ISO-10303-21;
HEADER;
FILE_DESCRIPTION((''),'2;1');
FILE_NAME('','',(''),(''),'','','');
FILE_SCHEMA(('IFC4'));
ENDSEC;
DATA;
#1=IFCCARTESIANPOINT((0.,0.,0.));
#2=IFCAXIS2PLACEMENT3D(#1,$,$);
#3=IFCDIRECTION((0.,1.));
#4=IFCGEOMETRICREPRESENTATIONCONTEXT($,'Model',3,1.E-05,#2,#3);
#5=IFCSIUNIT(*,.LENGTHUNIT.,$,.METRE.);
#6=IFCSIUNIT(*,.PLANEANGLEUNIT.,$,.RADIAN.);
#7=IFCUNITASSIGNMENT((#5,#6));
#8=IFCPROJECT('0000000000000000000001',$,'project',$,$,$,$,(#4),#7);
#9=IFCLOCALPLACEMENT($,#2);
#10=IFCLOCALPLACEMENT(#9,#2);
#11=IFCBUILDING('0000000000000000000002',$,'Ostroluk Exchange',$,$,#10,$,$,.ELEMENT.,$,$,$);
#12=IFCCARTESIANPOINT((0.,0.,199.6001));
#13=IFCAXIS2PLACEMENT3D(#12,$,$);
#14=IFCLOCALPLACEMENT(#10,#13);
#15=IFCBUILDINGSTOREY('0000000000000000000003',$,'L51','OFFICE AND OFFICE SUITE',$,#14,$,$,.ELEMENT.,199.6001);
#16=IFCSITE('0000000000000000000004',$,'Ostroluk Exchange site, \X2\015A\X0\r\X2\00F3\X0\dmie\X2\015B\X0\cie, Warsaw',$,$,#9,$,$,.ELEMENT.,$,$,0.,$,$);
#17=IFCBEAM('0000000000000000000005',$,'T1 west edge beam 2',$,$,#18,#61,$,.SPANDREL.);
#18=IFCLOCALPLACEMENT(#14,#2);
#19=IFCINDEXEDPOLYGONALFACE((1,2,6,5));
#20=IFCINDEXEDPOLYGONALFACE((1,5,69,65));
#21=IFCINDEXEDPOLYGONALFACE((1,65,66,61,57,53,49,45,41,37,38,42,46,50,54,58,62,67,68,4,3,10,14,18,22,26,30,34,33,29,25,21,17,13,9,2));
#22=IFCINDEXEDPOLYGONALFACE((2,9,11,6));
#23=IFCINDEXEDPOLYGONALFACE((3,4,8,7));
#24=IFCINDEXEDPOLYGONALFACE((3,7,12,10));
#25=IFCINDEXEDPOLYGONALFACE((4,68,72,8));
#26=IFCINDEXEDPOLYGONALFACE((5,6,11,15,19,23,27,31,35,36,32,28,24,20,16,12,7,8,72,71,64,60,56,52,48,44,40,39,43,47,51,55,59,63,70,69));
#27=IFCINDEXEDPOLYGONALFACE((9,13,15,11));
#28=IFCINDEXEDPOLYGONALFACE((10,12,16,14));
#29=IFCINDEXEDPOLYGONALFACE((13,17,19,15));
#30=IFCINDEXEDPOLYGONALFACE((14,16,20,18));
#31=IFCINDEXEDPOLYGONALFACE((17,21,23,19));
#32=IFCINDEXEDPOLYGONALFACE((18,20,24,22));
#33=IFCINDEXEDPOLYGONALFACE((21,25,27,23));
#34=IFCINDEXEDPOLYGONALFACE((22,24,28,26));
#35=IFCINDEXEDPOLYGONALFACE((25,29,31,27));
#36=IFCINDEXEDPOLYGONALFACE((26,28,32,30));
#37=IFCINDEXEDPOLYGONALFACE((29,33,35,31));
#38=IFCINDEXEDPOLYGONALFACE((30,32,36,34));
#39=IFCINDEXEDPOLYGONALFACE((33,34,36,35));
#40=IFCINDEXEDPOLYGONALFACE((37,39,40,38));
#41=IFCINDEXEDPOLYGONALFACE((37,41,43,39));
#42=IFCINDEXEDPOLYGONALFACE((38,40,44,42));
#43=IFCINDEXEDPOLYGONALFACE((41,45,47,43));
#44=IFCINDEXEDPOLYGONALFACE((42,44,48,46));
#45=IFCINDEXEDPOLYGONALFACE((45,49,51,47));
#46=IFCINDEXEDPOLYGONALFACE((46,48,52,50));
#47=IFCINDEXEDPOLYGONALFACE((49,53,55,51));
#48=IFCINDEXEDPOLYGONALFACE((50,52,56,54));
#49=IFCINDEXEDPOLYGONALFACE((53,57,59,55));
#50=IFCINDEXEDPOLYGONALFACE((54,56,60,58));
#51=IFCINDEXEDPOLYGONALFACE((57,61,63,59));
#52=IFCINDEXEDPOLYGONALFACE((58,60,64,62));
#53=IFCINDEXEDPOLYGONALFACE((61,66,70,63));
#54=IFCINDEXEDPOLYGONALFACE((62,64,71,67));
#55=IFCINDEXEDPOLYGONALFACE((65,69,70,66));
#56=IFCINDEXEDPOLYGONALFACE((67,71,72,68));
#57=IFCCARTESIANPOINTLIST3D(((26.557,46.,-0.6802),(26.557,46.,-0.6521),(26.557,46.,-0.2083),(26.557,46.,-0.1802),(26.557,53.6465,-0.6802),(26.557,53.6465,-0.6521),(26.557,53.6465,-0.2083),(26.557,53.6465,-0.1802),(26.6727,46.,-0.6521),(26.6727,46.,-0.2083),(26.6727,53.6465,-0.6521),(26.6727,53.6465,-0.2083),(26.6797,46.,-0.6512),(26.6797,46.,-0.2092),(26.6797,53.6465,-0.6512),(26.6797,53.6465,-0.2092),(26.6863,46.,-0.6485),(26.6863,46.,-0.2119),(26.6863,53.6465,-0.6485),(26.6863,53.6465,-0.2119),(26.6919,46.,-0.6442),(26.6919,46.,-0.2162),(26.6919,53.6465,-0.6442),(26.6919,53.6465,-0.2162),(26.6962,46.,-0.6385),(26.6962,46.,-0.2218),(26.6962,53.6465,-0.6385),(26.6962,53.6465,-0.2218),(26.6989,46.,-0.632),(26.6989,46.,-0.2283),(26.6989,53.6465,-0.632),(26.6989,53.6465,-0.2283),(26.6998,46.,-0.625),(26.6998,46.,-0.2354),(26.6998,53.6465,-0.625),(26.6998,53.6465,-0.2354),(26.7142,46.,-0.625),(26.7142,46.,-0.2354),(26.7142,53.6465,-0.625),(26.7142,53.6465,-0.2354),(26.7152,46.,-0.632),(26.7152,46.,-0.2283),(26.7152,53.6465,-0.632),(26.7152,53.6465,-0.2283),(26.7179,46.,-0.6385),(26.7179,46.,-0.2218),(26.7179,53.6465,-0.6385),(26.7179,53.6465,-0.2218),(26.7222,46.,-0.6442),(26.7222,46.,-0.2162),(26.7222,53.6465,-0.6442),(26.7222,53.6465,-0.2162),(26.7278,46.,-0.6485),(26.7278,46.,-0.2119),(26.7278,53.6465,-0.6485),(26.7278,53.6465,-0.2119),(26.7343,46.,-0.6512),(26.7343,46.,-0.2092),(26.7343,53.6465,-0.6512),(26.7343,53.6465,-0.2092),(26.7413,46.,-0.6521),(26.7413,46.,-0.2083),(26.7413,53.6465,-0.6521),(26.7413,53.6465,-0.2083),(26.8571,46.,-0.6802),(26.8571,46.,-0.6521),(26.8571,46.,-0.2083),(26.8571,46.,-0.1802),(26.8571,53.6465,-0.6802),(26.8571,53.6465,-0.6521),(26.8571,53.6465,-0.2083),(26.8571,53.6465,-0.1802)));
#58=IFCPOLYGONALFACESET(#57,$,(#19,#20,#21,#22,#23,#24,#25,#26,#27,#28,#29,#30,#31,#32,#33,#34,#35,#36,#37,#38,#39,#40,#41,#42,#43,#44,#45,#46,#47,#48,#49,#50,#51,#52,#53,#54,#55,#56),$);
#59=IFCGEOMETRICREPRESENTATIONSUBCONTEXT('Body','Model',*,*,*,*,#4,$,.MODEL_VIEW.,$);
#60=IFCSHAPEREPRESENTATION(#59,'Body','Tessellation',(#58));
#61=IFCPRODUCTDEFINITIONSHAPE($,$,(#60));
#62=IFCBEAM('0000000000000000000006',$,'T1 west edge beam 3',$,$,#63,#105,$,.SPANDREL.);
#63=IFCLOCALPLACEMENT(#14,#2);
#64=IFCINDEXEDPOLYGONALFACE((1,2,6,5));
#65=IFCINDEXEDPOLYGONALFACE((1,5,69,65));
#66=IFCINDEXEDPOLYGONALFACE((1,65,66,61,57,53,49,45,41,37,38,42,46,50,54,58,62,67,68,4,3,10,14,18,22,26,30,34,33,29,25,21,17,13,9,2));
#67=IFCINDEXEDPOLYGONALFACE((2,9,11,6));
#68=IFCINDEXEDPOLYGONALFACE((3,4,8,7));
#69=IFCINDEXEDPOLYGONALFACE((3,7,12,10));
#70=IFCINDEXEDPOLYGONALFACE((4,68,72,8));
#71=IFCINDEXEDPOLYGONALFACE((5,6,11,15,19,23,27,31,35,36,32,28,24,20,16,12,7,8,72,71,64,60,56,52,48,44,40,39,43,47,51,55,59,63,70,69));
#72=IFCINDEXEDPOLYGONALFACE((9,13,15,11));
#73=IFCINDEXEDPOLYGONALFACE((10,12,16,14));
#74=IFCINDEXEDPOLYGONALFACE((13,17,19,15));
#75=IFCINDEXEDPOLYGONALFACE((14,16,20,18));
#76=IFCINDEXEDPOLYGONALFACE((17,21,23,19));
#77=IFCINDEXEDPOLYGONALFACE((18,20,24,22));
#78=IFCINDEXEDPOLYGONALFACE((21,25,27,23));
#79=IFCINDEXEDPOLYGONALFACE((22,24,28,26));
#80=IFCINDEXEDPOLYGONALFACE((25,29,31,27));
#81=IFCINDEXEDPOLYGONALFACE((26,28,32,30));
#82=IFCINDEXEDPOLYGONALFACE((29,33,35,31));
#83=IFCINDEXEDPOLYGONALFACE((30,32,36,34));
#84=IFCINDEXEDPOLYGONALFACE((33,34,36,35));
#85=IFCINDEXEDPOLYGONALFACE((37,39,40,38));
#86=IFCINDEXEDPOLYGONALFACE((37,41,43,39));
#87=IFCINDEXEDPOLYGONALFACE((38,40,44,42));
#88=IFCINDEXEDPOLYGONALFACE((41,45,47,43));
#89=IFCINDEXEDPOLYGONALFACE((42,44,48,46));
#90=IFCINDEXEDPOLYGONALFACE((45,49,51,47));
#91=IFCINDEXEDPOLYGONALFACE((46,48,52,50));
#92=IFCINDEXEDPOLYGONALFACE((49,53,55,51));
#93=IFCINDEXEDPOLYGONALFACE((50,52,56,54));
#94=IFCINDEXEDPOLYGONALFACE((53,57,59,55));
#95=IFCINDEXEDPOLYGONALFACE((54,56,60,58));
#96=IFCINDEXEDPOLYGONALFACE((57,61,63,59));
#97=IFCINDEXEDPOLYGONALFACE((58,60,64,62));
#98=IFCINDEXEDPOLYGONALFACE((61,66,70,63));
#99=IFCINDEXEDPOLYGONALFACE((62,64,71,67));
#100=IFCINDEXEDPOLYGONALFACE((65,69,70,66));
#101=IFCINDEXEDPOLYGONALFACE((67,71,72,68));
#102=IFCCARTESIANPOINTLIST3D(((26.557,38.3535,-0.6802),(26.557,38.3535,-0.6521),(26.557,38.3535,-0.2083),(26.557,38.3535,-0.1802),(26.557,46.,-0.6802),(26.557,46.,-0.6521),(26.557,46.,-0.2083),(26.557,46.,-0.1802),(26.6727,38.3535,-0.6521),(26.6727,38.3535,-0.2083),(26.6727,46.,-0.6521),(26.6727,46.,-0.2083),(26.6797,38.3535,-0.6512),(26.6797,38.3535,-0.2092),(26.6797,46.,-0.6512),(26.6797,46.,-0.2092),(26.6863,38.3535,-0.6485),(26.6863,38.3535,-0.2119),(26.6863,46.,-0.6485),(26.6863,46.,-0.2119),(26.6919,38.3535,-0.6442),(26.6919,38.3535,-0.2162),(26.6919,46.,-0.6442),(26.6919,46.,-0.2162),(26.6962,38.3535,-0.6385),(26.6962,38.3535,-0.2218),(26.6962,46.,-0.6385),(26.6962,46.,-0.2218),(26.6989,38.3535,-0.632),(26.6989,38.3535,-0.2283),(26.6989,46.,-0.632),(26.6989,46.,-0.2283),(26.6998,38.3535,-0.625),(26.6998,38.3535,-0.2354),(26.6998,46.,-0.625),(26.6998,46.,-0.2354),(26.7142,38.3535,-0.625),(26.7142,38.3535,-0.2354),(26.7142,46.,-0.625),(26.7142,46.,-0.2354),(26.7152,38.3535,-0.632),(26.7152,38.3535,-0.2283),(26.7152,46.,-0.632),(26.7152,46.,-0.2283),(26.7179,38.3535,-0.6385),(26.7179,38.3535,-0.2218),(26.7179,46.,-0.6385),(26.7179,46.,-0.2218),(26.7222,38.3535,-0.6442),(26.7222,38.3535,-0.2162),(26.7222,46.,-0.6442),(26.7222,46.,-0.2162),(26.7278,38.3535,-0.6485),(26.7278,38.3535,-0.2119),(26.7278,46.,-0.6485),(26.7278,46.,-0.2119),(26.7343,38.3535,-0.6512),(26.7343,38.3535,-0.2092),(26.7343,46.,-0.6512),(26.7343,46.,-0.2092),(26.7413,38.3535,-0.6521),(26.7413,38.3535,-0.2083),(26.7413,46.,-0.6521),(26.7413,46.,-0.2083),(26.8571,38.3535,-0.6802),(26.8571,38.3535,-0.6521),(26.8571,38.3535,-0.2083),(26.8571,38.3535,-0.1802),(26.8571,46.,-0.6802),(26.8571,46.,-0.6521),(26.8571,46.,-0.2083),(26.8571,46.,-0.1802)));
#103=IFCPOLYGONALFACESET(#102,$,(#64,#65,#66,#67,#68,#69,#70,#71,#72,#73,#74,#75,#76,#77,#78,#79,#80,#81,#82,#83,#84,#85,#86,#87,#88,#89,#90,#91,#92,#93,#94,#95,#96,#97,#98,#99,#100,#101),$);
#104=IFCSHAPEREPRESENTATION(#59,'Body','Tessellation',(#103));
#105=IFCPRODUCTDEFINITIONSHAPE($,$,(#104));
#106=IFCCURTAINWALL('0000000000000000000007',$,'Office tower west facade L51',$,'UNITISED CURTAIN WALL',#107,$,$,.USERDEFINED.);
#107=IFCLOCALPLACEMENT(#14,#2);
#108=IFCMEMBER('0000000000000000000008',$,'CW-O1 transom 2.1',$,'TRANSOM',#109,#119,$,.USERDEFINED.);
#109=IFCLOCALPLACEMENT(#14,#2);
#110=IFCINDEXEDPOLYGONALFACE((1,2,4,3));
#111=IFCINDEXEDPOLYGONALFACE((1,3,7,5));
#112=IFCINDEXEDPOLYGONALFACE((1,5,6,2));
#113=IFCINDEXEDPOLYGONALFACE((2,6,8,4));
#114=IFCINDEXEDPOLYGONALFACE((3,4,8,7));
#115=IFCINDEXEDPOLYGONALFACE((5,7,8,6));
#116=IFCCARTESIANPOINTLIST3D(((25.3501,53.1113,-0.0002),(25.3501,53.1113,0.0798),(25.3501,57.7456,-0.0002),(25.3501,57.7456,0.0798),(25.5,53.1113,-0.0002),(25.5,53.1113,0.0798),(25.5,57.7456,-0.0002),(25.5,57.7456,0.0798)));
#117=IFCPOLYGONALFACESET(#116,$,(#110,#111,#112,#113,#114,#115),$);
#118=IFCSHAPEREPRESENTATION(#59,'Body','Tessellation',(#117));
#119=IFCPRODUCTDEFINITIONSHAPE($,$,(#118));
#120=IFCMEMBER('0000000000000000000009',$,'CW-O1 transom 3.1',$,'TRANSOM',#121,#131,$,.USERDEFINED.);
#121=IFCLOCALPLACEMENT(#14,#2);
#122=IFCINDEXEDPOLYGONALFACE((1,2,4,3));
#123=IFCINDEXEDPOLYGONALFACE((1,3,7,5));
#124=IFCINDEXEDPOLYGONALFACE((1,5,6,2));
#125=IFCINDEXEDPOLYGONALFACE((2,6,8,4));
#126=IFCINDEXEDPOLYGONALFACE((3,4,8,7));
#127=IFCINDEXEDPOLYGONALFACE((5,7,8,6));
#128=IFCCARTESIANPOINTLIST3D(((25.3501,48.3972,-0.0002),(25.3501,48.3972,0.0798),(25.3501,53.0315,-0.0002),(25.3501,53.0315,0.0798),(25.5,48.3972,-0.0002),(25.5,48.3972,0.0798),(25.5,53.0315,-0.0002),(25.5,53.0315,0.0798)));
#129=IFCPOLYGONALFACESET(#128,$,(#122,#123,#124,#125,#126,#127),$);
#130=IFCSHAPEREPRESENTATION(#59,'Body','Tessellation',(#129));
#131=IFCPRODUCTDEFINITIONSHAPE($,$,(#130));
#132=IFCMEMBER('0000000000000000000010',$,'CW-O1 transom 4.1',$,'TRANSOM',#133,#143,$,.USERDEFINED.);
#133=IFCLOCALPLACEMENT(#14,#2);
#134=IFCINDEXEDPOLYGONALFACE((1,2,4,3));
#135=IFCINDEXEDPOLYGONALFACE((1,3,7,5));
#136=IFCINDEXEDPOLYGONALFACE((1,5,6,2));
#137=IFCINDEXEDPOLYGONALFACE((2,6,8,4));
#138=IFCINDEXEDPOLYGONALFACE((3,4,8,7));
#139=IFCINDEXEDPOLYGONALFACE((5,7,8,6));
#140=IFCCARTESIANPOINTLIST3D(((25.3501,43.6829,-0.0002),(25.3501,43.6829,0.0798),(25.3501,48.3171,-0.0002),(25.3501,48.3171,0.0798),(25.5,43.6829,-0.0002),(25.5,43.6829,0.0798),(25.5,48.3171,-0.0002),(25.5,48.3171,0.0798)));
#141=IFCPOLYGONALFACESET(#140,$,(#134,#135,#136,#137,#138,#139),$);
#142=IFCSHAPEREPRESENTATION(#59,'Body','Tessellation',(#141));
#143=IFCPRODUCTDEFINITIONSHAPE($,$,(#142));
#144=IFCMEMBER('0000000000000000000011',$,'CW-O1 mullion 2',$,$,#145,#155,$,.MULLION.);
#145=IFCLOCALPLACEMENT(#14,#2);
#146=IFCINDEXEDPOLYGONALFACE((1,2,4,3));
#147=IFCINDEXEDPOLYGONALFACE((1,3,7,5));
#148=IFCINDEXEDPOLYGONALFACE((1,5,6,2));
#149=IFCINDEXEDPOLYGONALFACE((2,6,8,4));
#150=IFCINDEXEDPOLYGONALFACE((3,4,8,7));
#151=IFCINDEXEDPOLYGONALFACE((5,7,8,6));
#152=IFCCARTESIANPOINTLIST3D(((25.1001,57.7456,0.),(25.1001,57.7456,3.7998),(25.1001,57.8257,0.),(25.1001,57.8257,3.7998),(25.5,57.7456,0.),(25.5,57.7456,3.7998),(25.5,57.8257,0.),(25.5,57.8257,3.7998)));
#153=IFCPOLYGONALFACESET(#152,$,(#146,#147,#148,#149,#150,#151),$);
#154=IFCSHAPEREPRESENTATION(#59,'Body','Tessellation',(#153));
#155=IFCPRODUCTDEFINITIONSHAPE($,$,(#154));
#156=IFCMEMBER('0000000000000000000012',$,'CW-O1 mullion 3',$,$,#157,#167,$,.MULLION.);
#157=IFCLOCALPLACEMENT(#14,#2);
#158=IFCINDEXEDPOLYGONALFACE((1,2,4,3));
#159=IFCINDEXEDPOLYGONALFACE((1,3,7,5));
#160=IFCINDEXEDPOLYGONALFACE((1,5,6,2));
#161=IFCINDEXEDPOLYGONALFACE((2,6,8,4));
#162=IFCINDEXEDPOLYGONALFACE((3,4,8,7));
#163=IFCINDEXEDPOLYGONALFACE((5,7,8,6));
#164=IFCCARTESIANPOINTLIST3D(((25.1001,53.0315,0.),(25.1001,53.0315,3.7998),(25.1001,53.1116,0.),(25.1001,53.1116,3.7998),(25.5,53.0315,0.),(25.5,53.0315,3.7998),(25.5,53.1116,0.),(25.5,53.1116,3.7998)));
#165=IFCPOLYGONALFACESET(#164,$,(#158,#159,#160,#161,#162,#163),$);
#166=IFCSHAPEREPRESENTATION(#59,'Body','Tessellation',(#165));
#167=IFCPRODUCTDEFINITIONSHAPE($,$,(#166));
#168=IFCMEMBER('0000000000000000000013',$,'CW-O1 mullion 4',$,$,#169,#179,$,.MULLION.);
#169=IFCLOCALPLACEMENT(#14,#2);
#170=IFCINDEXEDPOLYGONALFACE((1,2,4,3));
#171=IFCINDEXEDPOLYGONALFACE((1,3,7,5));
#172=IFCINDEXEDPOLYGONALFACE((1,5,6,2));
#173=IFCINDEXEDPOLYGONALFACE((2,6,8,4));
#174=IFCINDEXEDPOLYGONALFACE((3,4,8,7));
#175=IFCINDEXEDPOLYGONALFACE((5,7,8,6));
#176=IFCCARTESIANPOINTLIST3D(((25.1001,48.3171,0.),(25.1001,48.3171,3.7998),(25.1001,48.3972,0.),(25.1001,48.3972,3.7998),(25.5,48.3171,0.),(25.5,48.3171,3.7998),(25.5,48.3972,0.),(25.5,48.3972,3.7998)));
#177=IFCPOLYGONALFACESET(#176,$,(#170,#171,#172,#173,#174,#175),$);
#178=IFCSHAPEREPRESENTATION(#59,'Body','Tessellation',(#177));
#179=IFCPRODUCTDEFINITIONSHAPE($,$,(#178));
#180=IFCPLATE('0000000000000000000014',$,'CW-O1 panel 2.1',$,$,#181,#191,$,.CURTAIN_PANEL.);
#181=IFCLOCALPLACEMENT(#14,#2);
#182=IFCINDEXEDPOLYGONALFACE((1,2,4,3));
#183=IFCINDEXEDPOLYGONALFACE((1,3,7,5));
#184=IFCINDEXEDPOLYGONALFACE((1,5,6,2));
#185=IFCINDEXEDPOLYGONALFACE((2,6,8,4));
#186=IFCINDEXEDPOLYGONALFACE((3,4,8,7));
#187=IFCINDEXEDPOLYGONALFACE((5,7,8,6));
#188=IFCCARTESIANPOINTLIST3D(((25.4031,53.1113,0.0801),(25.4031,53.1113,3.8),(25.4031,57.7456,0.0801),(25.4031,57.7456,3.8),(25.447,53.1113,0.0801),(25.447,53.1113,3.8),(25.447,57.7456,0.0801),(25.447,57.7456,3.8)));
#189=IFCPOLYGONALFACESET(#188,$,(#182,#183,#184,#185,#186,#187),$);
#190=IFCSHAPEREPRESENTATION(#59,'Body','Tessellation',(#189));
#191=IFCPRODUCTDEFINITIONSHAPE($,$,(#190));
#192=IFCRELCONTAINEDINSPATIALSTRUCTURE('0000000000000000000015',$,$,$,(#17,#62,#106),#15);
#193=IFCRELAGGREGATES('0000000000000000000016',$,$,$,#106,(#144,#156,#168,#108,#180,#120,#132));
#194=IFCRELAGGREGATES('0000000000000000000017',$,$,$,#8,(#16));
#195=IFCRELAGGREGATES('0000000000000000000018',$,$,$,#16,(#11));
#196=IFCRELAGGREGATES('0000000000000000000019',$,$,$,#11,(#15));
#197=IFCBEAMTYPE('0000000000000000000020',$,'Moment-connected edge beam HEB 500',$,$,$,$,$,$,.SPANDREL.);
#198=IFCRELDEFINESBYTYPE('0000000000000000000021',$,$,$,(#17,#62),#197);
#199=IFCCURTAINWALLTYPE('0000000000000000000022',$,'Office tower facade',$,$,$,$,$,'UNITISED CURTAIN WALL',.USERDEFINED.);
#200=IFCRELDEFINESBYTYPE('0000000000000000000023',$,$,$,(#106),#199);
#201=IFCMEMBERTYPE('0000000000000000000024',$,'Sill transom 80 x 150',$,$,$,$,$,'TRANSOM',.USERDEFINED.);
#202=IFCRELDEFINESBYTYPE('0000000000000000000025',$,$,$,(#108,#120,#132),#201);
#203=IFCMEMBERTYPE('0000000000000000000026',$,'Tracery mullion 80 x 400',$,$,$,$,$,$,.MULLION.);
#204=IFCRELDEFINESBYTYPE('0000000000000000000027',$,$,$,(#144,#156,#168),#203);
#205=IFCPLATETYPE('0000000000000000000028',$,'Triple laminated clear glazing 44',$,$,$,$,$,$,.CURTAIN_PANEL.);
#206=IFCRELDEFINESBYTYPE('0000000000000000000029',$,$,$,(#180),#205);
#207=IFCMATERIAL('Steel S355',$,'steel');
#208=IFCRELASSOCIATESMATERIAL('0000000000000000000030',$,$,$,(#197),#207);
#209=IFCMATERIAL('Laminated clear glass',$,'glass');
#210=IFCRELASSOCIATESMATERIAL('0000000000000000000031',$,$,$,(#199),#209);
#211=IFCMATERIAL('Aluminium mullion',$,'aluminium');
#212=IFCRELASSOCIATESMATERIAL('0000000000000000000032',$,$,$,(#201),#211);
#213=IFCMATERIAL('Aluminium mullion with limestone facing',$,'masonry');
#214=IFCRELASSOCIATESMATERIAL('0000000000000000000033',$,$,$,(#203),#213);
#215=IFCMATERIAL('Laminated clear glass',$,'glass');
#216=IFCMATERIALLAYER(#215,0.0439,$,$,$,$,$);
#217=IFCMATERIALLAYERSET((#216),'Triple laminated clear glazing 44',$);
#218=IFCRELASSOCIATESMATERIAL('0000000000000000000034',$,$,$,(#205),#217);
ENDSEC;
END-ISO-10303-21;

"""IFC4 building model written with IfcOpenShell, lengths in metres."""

from ifc_helpers import new_model, si_unit, direction, frame, origin, origin_2d, place, context, subcontext, project, spatial, rectangle, i_section, extrude, material, layer, layer_set, material_profile, profile_set, type_object, element, aggregate, save


model = new_model("IFC4")

# Units and contexts
model_context = context("Model", 3, precision=1e-05, world=origin(), true_north=direction((0.0, 1.0)))
body_context = subcontext(model_context, "Body", "Model", "MODEL_VIEW")
ifc_project = project(units=[si_unit("LENGTHUNIT", "METRE"), si_unit("PLANEANGLEUNIT", "RADIAN")], contexts=[model_context])

# Site, building, storey
site_placement = place(None, origin())
site = spatial("IfcSite", under=ifc_project, at=site_placement, Name="Ostroluk Exchange site, Śródmieście, Warsaw", CompositionType="ELEMENT", RefElevation=0.0)
building_placement = place(site_placement, origin())
building = spatial("IfcBuilding", under=site, at=building_placement, Name="Ostroluk Exchange", CompositionType="ELEMENT")
storey_placement = place(building_placement, frame((0.0, 0.0, 199.6001)))
storey = spatial("IfcBuildingStorey", under=building, at=storey_placement, Name="L51", Description="OFFICE AND OFFICE SUITE", CompositionType="ELEMENT", Elevation=199.6001)

# Beams
ifc_material_1 = material(Name="Steel S355", Category="steel")
ifc_material_profile_1 = material_profile(ifc_material_1, i_section(OverallWidth=0.3, OverallDepth=0.5, WebThickness=0.0144, FlangeThickness=0.0281, FilletRadius=0.0271, at=origin_2d()), Name="HEB 500")
ifc_profile_set_1 = profile_set([ifc_material_profile_1], Name="Steel S355")
beam_type_1 = type_object("IfcBeamType", Name="Moment-connected edge beam HEB 500", PredefinedType="SPANDREL", material=ifc_profile_set_1)
for number, where, z_axis, x_axis, name in (
    (1, (26.707, 53.6465, -0.4302), (0.0, -1.0, 0.0), (1.0, 0.0, 0.0), "T1 west edge beam 2"),
    (2, (26.707, 46.0, -0.4302), (0.0, -1.0, 0.0), (1.0, 0.0, 0.0), "T1 west edge beam 3"),
):
    element("IfcBeam", number, at=place(storey_placement, frame(where, z_axis=z_axis, x_axis=x_axis)), inside=storey, type_object=beam_type_1, Name=name, PredefinedType="SPANDREL", context=body_context, shape_type="SweptSolid", body=[
        extrude(i_section(OverallWidth=0.3, OverallDepth=0.5, WebThickness=0.0144, FlangeThickness=0.0281, FilletRadius=0.0271, at=origin_2d()), origin(), (0.0, 0.0, 1.0), 7.6465),
    ])

# Curtain wall, members, plate
ifc_material_2 = material(Name="Laminated clear glass", Category="glass")
curtain_wall_type = type_object("IfcCurtainWallType", Name="Office tower facade", ElementType="UNITISED CURTAIN WALL", PredefinedType="USERDEFINED", material=ifc_material_2)
curtain_wall_placement = place(storey_placement, origin())
curtain_wall = element("IfcCurtainWall", 3, at=curtain_wall_placement, inside=storey, type_object=curtain_wall_type, Name="Office tower west facade L51", ObjectType="UNITISED CURTAIN WALL", PredefinedType="USERDEFINED")
ifc_material_3 = material(Name="Aluminium mullion", Category="aluminium")
ifc_material_profile_2 = material_profile(ifc_material_3, rectangle(XDim=0.1499, YDim=0.0801, at=origin_2d()), Name="Sill transom 80 x 150")
ifc_profile_set_2 = profile_set([ifc_material_profile_2], Name="Aluminium mullion")
member_type_1 = type_object("IfcMemberType", Name="Sill transom 80 x 150", ElementType="TRANSOM", PredefinedType="USERDEFINED", material=ifc_profile_set_2)
member_1_placement = place(storey_placement, frame((25.425, 57.7456, 0.0398), z_axis=(0.0, -1.0, 0.0), x_axis=(1.0, 0.0, 0.0)))
member_1 = element("IfcMember", 4, at=member_1_placement, type_object=member_type_1, Name="CW-O1 transom 2.1", ObjectType="TRANSOM", PredefinedType="USERDEFINED", context=body_context, shape_type="SweptSolid", body=[
    extrude(rectangle(XDim=0.1499, YDim=0.0801, at=origin_2d()), origin(), (0.0, 0.0, 1.0), 4.6343),
])
member_2_placement = place(storey_placement, frame((25.425, 53.0315, 0.0398), z_axis=(0.0, -1.0, 0.0), x_axis=(1.0, 0.0, 0.0)))
member_2 = element("IfcMember", 5, at=member_2_placement, type_object=member_type_1, Name="CW-O1 transom 3.1", ObjectType="TRANSOM", PredefinedType="USERDEFINED", context=body_context, shape_type="SweptSolid", body=[
    extrude(rectangle(XDim=0.1499, YDim=0.0801, at=origin_2d()), origin(), (0.0, 0.0, 1.0), 4.6343),
])
member_3_placement = place(storey_placement, frame((25.425, 48.3171, 0.0398), z_axis=(0.0, -1.0, 0.0), x_axis=(1.0, 0.0, 0.0)))
member_3 = element("IfcMember", 6, at=member_3_placement, type_object=member_type_1, Name="CW-O1 transom 4.1", ObjectType="TRANSOM", PredefinedType="USERDEFINED", context=body_context, shape_type="SweptSolid", body=[
    extrude(rectangle(XDim=0.1499, YDim=0.0801, at=origin_2d()), origin(), (0.0, 0.0, 1.0), 4.6343),
])
ifc_material_4 = material(Name="Aluminium mullion with limestone facing", Category="masonry")
ifc_material_profile_3 = material_profile(ifc_material_4, rectangle(XDim=0.3999, YDim=0.0801, at=origin_2d()), Name="Tracery mullion 80 x 400")
ifc_profile_set_3 = profile_set([ifc_material_profile_3], Name="Aluminium mullion with limestone facing")
member_type_2 = type_object("IfcMemberType", Name="Tracery mullion 80 x 400", PredefinedType="MULLION", material=ifc_profile_set_3)
member_4_placement = place(storey_placement, frame((25.3, 57.7856, 0.0), z_axis=(0.0, 0.0, 1.0), x_axis=(1.0, 0.0, 0.0)))
member_4 = element("IfcMember", 7, at=member_4_placement, type_object=member_type_2, Name="CW-O1 mullion 2", PredefinedType="MULLION", context=body_context, shape_type="SweptSolid", body=[
    extrude(rectangle(XDim=0.3999, YDim=0.0801, at=origin_2d()), origin(), (0.0, 0.0, 1.0), 3.7998),
])
member_5_placement = place(storey_placement, frame((25.3, 53.0715, 0.0), z_axis=(0.0, 0.0, 1.0), x_axis=(1.0, 0.0, 0.0)))
member_5 = element("IfcMember", 8, at=member_5_placement, type_object=member_type_2, Name="CW-O1 mullion 3", PredefinedType="MULLION", context=body_context, shape_type="SweptSolid", body=[
    extrude(rectangle(XDim=0.3999, YDim=0.0801, at=origin_2d()), origin(), (0.0, 0.0, 1.0), 3.7998),
])
member_6_placement = place(storey_placement, frame((25.3, 48.3572, 0.0), z_axis=(0.0, 0.0, 1.0), x_axis=(1.0, 0.0, 0.0)))
member_6 = element("IfcMember", 9, at=member_6_placement, type_object=member_type_2, Name="CW-O1 mullion 4", PredefinedType="MULLION", context=body_context, shape_type="SweptSolid", body=[
    extrude(rectangle(XDim=0.3999, YDim=0.0801, at=origin_2d()), origin(), (0.0, 0.0, 1.0), 3.7998),
])
ifc_material_5 = material(Name="Laminated clear glass", Category="glass")
ifc_layer_1 = layer(ifc_material_5, 0.0439)
ifc_layer_set_1 = layer_set([ifc_layer_1], Name="Triple laminated clear glazing 44")
plate_type = type_object("IfcPlateType", Name="Triple laminated clear glazing 44", PredefinedType="CURTAIN_PANEL", material=ifc_layer_set_1)
plate_1_placement = place(storey_placement, frame((25.425, 55.4285, 0.0801), z_axis=(0.0, 0.0, 1.0), x_axis=(0.0, -1.0, 0.0)))
plate_1 = element("IfcPlate", 10, at=plate_1_placement, type_object=plate_type, Name="CW-O1 panel 2.1", PredefinedType="CURTAIN_PANEL", context=body_context, shape_type="SweptSolid", body=[
    extrude(rectangle(XDim=4.6343, YDim=0.0439, at=origin_2d()), origin(), (0.0, 0.0, 1.0), 3.72),
])
aggregate(curtain_wall, [member_4, member_5, member_6, member_1, plate_1, member_2, member_3])

save(model, "model.ifc")
